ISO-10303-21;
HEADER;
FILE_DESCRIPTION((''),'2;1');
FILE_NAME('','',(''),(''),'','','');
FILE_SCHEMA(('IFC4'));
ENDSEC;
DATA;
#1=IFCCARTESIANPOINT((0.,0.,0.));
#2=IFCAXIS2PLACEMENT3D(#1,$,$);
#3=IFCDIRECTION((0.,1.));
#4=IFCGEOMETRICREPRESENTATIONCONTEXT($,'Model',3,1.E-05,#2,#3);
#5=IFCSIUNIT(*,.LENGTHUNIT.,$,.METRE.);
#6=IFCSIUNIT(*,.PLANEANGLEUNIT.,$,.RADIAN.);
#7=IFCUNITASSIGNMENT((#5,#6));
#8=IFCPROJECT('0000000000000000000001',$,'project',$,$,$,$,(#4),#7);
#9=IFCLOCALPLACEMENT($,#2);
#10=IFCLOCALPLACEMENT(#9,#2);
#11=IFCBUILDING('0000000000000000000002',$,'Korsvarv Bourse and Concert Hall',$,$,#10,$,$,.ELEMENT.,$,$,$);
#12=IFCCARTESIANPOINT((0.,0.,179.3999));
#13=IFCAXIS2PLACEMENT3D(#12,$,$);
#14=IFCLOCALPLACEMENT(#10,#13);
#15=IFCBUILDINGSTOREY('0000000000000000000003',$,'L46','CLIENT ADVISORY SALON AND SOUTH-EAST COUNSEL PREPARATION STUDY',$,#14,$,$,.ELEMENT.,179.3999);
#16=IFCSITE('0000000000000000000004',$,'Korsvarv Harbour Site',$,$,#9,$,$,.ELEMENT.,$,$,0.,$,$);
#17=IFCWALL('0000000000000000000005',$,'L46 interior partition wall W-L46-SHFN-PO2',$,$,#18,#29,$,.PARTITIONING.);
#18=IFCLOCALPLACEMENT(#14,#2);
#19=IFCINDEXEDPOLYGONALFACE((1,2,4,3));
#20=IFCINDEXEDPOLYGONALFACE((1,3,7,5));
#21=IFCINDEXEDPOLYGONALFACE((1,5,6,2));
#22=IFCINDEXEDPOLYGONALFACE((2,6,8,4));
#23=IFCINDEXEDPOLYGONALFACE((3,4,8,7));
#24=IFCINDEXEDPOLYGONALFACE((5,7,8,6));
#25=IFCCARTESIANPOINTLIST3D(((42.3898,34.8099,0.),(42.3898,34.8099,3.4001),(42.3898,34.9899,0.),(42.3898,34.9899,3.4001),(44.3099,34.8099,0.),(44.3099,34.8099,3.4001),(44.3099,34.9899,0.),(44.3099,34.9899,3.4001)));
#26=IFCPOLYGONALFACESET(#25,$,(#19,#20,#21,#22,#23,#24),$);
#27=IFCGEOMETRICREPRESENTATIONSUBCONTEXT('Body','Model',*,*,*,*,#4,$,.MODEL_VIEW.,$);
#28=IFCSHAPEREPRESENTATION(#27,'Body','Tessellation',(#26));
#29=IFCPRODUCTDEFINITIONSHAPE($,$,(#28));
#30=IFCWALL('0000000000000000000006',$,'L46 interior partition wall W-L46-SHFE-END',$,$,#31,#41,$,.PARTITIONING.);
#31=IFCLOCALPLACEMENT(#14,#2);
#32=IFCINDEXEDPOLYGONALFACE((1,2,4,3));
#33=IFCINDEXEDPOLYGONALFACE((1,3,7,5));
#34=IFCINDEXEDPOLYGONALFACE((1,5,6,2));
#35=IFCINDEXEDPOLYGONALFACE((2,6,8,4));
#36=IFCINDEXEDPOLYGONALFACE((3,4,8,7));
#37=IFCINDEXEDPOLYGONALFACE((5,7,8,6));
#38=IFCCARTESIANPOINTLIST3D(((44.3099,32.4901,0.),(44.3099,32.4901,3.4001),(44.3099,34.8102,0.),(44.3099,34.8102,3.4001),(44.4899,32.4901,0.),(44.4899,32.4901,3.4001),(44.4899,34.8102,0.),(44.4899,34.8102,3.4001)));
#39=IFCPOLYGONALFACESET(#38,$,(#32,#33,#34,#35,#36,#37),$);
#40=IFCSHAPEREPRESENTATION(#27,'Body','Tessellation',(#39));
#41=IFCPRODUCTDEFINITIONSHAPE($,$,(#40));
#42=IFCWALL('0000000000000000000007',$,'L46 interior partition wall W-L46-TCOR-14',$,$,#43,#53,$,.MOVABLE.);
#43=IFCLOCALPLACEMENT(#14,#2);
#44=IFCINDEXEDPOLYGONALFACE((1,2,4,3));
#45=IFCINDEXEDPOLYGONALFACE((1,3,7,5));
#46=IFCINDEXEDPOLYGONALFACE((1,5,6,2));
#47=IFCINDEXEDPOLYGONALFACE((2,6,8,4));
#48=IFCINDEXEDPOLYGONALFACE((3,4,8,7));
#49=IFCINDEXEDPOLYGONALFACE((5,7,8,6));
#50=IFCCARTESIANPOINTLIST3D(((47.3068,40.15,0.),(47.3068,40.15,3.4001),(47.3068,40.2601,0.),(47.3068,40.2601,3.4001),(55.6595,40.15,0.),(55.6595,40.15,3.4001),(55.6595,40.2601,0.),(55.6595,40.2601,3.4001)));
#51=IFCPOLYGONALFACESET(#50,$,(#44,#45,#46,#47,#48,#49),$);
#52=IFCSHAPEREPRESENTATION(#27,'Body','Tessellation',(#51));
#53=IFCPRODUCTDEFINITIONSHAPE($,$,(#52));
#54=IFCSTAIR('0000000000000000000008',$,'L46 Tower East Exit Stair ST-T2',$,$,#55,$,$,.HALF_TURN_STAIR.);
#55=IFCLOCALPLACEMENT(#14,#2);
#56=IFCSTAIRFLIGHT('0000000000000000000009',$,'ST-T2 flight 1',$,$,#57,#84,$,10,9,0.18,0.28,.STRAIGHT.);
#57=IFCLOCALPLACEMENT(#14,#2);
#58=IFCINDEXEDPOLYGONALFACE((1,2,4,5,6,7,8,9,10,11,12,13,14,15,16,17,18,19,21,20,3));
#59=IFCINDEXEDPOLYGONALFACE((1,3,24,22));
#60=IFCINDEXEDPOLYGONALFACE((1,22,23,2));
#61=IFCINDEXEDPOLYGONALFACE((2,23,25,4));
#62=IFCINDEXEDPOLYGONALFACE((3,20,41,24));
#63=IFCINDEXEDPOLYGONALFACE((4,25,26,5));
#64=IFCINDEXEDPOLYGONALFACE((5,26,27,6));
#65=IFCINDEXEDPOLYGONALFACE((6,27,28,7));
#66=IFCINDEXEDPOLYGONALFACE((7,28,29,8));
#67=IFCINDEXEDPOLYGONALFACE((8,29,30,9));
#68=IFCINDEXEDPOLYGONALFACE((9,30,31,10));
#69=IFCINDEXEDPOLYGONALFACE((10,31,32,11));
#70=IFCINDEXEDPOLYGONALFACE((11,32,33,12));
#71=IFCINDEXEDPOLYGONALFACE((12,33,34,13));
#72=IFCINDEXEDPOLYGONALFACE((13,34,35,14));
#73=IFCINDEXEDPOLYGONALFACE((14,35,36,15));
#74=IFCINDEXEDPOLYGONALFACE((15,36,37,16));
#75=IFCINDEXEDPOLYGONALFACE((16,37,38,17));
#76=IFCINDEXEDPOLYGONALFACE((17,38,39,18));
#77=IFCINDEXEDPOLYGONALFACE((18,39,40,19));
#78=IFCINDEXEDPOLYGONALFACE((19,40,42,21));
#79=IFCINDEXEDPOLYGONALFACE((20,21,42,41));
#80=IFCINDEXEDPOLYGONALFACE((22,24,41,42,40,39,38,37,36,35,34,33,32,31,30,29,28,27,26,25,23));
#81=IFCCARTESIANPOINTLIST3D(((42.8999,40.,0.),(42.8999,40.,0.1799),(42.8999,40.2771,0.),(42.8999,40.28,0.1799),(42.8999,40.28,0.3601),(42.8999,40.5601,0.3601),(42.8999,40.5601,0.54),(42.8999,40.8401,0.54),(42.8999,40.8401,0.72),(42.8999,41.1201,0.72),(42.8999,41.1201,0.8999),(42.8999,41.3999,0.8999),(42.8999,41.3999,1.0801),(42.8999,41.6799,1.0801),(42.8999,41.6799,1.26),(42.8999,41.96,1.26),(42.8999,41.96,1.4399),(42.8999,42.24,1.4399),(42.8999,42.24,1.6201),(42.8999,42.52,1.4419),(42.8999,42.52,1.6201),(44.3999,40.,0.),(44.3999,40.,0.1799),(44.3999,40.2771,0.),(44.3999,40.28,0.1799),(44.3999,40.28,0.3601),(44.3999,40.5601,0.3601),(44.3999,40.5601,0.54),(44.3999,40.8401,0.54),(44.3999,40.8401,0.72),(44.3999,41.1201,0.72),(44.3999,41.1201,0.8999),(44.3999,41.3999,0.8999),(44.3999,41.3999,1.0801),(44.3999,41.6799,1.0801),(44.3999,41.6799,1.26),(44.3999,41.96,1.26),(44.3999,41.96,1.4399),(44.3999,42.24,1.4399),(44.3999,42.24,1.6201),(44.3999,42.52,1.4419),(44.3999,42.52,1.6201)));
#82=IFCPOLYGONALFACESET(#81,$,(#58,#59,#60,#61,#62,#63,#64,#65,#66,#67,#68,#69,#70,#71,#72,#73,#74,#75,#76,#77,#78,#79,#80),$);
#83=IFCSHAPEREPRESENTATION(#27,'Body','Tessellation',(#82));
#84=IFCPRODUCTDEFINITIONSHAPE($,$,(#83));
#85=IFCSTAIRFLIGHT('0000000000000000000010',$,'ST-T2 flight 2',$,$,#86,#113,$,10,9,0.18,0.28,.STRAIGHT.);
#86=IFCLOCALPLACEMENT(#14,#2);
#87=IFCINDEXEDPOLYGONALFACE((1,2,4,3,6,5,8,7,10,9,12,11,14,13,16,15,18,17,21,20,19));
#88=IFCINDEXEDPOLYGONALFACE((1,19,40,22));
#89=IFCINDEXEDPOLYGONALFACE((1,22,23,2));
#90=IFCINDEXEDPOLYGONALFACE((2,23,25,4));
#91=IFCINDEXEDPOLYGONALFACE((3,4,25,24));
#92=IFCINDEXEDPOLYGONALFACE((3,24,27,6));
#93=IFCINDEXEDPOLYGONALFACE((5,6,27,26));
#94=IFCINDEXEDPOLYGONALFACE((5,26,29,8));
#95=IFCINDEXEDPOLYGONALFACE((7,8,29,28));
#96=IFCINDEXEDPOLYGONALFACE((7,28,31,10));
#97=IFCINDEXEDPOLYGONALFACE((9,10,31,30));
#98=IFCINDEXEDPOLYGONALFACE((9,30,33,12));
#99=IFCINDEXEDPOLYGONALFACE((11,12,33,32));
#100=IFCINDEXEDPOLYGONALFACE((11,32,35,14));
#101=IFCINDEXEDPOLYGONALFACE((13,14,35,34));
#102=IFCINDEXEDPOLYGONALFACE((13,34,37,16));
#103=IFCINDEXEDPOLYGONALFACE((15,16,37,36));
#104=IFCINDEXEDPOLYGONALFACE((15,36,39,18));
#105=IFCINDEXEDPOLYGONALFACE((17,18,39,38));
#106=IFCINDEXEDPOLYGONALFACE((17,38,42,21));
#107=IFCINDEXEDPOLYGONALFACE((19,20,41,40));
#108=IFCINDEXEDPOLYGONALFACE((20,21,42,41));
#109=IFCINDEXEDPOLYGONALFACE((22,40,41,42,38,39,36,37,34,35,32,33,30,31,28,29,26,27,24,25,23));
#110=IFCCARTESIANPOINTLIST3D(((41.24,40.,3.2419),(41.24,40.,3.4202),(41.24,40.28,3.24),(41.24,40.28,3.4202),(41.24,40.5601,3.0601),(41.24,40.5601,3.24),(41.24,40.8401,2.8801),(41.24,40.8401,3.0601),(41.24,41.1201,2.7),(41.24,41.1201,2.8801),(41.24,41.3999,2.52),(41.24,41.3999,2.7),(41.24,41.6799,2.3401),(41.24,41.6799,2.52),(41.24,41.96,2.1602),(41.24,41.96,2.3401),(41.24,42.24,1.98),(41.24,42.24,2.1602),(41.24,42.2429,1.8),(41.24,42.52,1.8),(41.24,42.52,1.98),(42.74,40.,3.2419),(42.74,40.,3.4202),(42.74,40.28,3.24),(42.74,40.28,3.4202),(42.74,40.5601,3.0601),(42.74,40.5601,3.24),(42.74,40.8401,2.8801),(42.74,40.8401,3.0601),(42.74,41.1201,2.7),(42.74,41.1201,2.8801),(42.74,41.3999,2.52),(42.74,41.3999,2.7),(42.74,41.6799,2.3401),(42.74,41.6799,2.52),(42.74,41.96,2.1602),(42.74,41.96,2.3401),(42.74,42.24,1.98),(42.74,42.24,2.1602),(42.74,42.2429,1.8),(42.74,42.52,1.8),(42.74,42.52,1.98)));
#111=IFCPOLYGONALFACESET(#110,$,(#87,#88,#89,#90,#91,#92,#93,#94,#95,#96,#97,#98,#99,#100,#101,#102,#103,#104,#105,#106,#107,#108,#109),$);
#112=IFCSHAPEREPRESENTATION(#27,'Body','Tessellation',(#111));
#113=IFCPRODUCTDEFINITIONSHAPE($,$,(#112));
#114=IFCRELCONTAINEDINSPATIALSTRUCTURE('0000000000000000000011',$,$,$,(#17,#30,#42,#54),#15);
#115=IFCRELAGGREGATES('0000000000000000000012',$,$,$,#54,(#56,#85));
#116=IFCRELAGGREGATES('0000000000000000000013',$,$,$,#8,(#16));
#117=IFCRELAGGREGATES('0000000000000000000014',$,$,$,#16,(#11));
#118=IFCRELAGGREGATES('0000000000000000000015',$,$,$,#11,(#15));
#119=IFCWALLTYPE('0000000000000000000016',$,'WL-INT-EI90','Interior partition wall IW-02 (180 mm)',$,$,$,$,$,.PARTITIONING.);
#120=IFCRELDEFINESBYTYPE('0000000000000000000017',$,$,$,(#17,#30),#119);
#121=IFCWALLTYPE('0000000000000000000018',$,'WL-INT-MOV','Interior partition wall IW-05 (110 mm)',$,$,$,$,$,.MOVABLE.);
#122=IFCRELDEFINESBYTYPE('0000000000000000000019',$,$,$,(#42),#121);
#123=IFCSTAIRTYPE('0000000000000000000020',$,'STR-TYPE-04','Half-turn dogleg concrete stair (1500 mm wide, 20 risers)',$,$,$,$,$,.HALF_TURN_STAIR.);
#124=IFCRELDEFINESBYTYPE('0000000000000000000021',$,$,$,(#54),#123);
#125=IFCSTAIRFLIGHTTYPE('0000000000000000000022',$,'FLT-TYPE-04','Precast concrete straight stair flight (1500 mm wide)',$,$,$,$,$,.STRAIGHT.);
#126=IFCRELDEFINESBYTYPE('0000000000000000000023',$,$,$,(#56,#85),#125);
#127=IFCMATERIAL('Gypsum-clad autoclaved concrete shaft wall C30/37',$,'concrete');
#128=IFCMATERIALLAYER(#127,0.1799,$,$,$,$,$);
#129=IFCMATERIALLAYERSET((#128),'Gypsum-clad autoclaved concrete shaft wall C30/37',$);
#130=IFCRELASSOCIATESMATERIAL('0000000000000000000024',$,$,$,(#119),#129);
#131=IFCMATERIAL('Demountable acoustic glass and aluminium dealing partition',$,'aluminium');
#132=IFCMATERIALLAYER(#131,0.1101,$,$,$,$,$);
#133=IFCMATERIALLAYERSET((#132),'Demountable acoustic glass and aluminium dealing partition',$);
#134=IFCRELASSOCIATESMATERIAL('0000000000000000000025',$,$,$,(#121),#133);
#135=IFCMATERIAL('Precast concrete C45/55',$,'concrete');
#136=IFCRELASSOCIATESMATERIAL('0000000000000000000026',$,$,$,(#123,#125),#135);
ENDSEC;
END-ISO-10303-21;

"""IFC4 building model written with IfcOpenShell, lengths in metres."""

from ifc_helpers import new_model, si_unit, direction, frame, frame_2d, origin, place, context, subcontext, project, spatial, polyline, rectangle, outline, extrude, material, layer, layer_set, type_object, element, aggregate, save


model = new_model("IFC4")

# Units and contexts
model_context = context("Model", 3, precision=1e-05, world=origin(), true_north=direction((0.0, 1.0)))
body_context = subcontext(model_context, "Body", "Model", "MODEL_VIEW")
ifc_project = project(units=[si_unit("LENGTHUNIT", "METRE"), si_unit("PLANEANGLEUNIT", "RADIAN")], contexts=[model_context])

# Site, building, storey
site_placement = place(None, origin())
site = spatial("IfcSite", under=ifc_project, at=site_placement, Name="Korsvarv Harbour Site", CompositionType="ELEMENT", RefElevation=0.0)
building_placement = place(site_placement, origin())
building = spatial("IfcBuilding", under=site, at=building_placement, Name="Korsvarv Bourse and Concert Hall", CompositionType="ELEMENT")
storey_placement = place(building_placement, frame((0.0, 0.0, 179.3999)))
storey = spatial("IfcBuildingStorey", under=building, at=storey_placement, Name="L46", Description="CLIENT ADVISORY SALON AND SOUTH-EAST COUNSEL PREPARATION STUDY", CompositionType="ELEMENT", Elevation=179.3999)

# Walls
ifc_material_1 = material(Name="Gypsum-clad autoclaved concrete shaft wall C30/37", Category="concrete")
ifc_layer_1 = layer(ifc_material_1, 0.1799)
ifc_layer_set_1 = layer_set([ifc_layer_1], Name="Gypsum-clad autoclaved concrete shaft wall C30/37")
wall_type_1 = type_object("IfcWallType", Name="WL-INT-EI90", Description="Interior partition wall IW-02 (180 mm)", PredefinedType="PARTITIONING", material=ifc_layer_set_1)
wall_1_placement = place(storey_placement, frame((42.3899, 34.8999, 0.0), z_axis=(0.0, 0.0, 1.0), x_axis=(1.0, 0.0, 0.0)))
element("IfcWall", 1, at=wall_1_placement, inside=storey, type_object=wall_type_1, Name="L46 interior partition wall W-L46-SHFN-PO2", PredefinedType="PARTITIONING", context=body_context, shape_type="SweptSolid", body=[
    extrude(rectangle(XDim=1.9202, YDim=0.1799, at=frame_2d((0.96, 0.0))), origin(), (0.0, 0.0, 1.0), 3.4001),
])
wall_2_placement = place(storey_placement, frame((44.3999, 32.49, 0.0), z_axis=(0.0, 0.0, 1.0), x_axis=(0.0, 1.0, 0.0)))
element("IfcWall", 2, at=wall_2_placement, inside=storey, type_object=wall_type_1, Name="L46 interior partition wall W-L46-SHFE-END", PredefinedType="PARTITIONING", context=body_context, shape_type="SweptSolid", body=[
    extrude(rectangle(XDim=2.3201, YDim=0.1799, at=frame_2d((1.1602, 0.0))), origin(), (0.0, 0.0, 1.0), 3.4001),
])
ifc_material_2 = material(Name="Demountable acoustic glass and aluminium dealing partition", Category="aluminium")
ifc_layer_2 = layer(ifc_material_2, 0.1101)
ifc_layer_set_2 = layer_set([ifc_layer_2], Name="Demountable acoustic glass and aluminium dealing partition")
wall_type_2 = type_object("IfcWallType", Name="WL-INT-MOV", Description="Interior partition wall IW-05 (110 mm)", PredefinedType="MOVABLE", material=ifc_layer_set_2)
wall_3_placement = place(storey_placement, frame((47.3069, 40.2051, 0.0), z_axis=(0.0, 0.0, 1.0), x_axis=(1.0, 0.0, 0.0)))
element("IfcWall", 3, at=wall_3_placement, inside=storey, type_object=wall_type_2, Name="L46 interior partition wall W-L46-TCOR-14", PredefinedType="MOVABLE", context=body_context, shape_type="SweptSolid", body=[
    extrude(rectangle(XDim=8.3528, YDim=0.1101, at=frame_2d((4.1763, 0.0))), origin(), (0.0, 0.0, 1.0), 3.4001),
])

# Stair, stair flights
ifc_material_3 = material(Name="Precast concrete C45/55", Category="concrete")
stair_type = type_object("IfcStairType", Name="STR-TYPE-04", Description="Half-turn dogleg concrete stair (1500 mm wide, 20 risers)", PredefinedType="HALF_TURN_STAIR", material=ifc_material_3)
stair_placement = place(storey_placement, origin())
stair = element("IfcStair", 4, at=stair_placement, inside=storey, type_object=stair_type, Name="L46 Tower East Exit Stair ST-T2", PredefinedType="HALF_TURN_STAIR")
stair_flight_type = type_object("IfcStairFlightType", Name="FLT-TYPE-04", Description="Precast concrete straight stair flight (1500 mm wide)", PredefinedType="STRAIGHT", material=ifc_material_3)
stair_flight_1_placement = place(storey_placement, frame((43.6499, 40.0, 0.0), z_axis=(0.0, 0.0, 1.0), x_axis=(0.0, 1.0, 0.0)))
stair_flight_1 = element("IfcStairFlight", 5, at=stair_flight_1_placement, type_object=stair_flight_type, Name="ST-T2 flight 1", NumberOfRisers=10, NumberOfTreads=9, PredefinedType="STRAIGHT", RiserHeight=0.18, TreadLength=0.28, context=body_context, shape_type="SweptSolid", body=[
    extrude(outline(polyline([(0.0, 0.0), (0.0, 0.1799), (0.28, 0.1799), (0.28, 0.3601), (0.5601, 0.3601), (0.5601, 0.54), (0.8401, 0.54), (0.8401, 0.72), (1.1201, 0.72), (1.1201, 0.8999), (1.3999, 0.8999), (1.3999, 1.0801), (1.6799, 1.0801), (1.6799, 1.26), (1.96, 1.26), (1.96, 1.4399), (2.24, 1.4399), (2.24, 1.6201), (2.52, 1.6201), (2.52, 1.8), (2.52, 1.4419), (0.2771, 0.0), (0.0, 0.0)])), frame((0.0, 0.75, 0.0), z_axis=(0.0, -1.0, 0.0), x_axis=(1.0, 0.0, 0.0)), (0.0, 0.0, 1.0), 1.5),
])
stair_flight_2_placement = place(storey_placement, frame((41.99, 42.52, 1.8), z_axis=(0.0, 0.0, 1.0), x_axis=(0.0, -1.0, 0.0)))
stair_flight_2 = element("IfcStairFlight", 6, at=stair_flight_2_placement, type_object=stair_flight_type, Name="ST-T2 flight 2", NumberOfRisers=10, NumberOfTreads=9, PredefinedType="STRAIGHT", RiserHeight=0.18, TreadLength=0.28, context=body_context, shape_type="SweptSolid", body=[
    extrude(outline(polyline([(0.0, 0.0), (0.0, 0.1799), (0.28, 0.1799), (0.28, 0.3601), (0.5601, 0.3601), (0.5601, 0.54), (0.8401, 0.54), (0.8401, 0.72), (1.1201, 0.72), (1.1201, 0.8999), (1.3999, 0.8999), (1.3999, 1.0801), (1.6799, 1.0801), (1.6799, 1.26), (1.96, 1.26), (1.96, 1.4399), (2.24, 1.4399), (2.24, 1.6201), (2.52, 1.6201), (2.52, 1.8), (2.52, 1.4419), (0.2771, 0.0), (0.0, 0.0)])), frame((0.0, 0.75, 0.0), z_axis=(0.0, -1.0, 0.0), x_axis=(1.0, 0.0, 0.0)), (0.0, 0.0, 1.0), 1.5),
])
aggregate(stair, [stair_flight_1, stair_flight_2])

save(model, "model.ifc")
